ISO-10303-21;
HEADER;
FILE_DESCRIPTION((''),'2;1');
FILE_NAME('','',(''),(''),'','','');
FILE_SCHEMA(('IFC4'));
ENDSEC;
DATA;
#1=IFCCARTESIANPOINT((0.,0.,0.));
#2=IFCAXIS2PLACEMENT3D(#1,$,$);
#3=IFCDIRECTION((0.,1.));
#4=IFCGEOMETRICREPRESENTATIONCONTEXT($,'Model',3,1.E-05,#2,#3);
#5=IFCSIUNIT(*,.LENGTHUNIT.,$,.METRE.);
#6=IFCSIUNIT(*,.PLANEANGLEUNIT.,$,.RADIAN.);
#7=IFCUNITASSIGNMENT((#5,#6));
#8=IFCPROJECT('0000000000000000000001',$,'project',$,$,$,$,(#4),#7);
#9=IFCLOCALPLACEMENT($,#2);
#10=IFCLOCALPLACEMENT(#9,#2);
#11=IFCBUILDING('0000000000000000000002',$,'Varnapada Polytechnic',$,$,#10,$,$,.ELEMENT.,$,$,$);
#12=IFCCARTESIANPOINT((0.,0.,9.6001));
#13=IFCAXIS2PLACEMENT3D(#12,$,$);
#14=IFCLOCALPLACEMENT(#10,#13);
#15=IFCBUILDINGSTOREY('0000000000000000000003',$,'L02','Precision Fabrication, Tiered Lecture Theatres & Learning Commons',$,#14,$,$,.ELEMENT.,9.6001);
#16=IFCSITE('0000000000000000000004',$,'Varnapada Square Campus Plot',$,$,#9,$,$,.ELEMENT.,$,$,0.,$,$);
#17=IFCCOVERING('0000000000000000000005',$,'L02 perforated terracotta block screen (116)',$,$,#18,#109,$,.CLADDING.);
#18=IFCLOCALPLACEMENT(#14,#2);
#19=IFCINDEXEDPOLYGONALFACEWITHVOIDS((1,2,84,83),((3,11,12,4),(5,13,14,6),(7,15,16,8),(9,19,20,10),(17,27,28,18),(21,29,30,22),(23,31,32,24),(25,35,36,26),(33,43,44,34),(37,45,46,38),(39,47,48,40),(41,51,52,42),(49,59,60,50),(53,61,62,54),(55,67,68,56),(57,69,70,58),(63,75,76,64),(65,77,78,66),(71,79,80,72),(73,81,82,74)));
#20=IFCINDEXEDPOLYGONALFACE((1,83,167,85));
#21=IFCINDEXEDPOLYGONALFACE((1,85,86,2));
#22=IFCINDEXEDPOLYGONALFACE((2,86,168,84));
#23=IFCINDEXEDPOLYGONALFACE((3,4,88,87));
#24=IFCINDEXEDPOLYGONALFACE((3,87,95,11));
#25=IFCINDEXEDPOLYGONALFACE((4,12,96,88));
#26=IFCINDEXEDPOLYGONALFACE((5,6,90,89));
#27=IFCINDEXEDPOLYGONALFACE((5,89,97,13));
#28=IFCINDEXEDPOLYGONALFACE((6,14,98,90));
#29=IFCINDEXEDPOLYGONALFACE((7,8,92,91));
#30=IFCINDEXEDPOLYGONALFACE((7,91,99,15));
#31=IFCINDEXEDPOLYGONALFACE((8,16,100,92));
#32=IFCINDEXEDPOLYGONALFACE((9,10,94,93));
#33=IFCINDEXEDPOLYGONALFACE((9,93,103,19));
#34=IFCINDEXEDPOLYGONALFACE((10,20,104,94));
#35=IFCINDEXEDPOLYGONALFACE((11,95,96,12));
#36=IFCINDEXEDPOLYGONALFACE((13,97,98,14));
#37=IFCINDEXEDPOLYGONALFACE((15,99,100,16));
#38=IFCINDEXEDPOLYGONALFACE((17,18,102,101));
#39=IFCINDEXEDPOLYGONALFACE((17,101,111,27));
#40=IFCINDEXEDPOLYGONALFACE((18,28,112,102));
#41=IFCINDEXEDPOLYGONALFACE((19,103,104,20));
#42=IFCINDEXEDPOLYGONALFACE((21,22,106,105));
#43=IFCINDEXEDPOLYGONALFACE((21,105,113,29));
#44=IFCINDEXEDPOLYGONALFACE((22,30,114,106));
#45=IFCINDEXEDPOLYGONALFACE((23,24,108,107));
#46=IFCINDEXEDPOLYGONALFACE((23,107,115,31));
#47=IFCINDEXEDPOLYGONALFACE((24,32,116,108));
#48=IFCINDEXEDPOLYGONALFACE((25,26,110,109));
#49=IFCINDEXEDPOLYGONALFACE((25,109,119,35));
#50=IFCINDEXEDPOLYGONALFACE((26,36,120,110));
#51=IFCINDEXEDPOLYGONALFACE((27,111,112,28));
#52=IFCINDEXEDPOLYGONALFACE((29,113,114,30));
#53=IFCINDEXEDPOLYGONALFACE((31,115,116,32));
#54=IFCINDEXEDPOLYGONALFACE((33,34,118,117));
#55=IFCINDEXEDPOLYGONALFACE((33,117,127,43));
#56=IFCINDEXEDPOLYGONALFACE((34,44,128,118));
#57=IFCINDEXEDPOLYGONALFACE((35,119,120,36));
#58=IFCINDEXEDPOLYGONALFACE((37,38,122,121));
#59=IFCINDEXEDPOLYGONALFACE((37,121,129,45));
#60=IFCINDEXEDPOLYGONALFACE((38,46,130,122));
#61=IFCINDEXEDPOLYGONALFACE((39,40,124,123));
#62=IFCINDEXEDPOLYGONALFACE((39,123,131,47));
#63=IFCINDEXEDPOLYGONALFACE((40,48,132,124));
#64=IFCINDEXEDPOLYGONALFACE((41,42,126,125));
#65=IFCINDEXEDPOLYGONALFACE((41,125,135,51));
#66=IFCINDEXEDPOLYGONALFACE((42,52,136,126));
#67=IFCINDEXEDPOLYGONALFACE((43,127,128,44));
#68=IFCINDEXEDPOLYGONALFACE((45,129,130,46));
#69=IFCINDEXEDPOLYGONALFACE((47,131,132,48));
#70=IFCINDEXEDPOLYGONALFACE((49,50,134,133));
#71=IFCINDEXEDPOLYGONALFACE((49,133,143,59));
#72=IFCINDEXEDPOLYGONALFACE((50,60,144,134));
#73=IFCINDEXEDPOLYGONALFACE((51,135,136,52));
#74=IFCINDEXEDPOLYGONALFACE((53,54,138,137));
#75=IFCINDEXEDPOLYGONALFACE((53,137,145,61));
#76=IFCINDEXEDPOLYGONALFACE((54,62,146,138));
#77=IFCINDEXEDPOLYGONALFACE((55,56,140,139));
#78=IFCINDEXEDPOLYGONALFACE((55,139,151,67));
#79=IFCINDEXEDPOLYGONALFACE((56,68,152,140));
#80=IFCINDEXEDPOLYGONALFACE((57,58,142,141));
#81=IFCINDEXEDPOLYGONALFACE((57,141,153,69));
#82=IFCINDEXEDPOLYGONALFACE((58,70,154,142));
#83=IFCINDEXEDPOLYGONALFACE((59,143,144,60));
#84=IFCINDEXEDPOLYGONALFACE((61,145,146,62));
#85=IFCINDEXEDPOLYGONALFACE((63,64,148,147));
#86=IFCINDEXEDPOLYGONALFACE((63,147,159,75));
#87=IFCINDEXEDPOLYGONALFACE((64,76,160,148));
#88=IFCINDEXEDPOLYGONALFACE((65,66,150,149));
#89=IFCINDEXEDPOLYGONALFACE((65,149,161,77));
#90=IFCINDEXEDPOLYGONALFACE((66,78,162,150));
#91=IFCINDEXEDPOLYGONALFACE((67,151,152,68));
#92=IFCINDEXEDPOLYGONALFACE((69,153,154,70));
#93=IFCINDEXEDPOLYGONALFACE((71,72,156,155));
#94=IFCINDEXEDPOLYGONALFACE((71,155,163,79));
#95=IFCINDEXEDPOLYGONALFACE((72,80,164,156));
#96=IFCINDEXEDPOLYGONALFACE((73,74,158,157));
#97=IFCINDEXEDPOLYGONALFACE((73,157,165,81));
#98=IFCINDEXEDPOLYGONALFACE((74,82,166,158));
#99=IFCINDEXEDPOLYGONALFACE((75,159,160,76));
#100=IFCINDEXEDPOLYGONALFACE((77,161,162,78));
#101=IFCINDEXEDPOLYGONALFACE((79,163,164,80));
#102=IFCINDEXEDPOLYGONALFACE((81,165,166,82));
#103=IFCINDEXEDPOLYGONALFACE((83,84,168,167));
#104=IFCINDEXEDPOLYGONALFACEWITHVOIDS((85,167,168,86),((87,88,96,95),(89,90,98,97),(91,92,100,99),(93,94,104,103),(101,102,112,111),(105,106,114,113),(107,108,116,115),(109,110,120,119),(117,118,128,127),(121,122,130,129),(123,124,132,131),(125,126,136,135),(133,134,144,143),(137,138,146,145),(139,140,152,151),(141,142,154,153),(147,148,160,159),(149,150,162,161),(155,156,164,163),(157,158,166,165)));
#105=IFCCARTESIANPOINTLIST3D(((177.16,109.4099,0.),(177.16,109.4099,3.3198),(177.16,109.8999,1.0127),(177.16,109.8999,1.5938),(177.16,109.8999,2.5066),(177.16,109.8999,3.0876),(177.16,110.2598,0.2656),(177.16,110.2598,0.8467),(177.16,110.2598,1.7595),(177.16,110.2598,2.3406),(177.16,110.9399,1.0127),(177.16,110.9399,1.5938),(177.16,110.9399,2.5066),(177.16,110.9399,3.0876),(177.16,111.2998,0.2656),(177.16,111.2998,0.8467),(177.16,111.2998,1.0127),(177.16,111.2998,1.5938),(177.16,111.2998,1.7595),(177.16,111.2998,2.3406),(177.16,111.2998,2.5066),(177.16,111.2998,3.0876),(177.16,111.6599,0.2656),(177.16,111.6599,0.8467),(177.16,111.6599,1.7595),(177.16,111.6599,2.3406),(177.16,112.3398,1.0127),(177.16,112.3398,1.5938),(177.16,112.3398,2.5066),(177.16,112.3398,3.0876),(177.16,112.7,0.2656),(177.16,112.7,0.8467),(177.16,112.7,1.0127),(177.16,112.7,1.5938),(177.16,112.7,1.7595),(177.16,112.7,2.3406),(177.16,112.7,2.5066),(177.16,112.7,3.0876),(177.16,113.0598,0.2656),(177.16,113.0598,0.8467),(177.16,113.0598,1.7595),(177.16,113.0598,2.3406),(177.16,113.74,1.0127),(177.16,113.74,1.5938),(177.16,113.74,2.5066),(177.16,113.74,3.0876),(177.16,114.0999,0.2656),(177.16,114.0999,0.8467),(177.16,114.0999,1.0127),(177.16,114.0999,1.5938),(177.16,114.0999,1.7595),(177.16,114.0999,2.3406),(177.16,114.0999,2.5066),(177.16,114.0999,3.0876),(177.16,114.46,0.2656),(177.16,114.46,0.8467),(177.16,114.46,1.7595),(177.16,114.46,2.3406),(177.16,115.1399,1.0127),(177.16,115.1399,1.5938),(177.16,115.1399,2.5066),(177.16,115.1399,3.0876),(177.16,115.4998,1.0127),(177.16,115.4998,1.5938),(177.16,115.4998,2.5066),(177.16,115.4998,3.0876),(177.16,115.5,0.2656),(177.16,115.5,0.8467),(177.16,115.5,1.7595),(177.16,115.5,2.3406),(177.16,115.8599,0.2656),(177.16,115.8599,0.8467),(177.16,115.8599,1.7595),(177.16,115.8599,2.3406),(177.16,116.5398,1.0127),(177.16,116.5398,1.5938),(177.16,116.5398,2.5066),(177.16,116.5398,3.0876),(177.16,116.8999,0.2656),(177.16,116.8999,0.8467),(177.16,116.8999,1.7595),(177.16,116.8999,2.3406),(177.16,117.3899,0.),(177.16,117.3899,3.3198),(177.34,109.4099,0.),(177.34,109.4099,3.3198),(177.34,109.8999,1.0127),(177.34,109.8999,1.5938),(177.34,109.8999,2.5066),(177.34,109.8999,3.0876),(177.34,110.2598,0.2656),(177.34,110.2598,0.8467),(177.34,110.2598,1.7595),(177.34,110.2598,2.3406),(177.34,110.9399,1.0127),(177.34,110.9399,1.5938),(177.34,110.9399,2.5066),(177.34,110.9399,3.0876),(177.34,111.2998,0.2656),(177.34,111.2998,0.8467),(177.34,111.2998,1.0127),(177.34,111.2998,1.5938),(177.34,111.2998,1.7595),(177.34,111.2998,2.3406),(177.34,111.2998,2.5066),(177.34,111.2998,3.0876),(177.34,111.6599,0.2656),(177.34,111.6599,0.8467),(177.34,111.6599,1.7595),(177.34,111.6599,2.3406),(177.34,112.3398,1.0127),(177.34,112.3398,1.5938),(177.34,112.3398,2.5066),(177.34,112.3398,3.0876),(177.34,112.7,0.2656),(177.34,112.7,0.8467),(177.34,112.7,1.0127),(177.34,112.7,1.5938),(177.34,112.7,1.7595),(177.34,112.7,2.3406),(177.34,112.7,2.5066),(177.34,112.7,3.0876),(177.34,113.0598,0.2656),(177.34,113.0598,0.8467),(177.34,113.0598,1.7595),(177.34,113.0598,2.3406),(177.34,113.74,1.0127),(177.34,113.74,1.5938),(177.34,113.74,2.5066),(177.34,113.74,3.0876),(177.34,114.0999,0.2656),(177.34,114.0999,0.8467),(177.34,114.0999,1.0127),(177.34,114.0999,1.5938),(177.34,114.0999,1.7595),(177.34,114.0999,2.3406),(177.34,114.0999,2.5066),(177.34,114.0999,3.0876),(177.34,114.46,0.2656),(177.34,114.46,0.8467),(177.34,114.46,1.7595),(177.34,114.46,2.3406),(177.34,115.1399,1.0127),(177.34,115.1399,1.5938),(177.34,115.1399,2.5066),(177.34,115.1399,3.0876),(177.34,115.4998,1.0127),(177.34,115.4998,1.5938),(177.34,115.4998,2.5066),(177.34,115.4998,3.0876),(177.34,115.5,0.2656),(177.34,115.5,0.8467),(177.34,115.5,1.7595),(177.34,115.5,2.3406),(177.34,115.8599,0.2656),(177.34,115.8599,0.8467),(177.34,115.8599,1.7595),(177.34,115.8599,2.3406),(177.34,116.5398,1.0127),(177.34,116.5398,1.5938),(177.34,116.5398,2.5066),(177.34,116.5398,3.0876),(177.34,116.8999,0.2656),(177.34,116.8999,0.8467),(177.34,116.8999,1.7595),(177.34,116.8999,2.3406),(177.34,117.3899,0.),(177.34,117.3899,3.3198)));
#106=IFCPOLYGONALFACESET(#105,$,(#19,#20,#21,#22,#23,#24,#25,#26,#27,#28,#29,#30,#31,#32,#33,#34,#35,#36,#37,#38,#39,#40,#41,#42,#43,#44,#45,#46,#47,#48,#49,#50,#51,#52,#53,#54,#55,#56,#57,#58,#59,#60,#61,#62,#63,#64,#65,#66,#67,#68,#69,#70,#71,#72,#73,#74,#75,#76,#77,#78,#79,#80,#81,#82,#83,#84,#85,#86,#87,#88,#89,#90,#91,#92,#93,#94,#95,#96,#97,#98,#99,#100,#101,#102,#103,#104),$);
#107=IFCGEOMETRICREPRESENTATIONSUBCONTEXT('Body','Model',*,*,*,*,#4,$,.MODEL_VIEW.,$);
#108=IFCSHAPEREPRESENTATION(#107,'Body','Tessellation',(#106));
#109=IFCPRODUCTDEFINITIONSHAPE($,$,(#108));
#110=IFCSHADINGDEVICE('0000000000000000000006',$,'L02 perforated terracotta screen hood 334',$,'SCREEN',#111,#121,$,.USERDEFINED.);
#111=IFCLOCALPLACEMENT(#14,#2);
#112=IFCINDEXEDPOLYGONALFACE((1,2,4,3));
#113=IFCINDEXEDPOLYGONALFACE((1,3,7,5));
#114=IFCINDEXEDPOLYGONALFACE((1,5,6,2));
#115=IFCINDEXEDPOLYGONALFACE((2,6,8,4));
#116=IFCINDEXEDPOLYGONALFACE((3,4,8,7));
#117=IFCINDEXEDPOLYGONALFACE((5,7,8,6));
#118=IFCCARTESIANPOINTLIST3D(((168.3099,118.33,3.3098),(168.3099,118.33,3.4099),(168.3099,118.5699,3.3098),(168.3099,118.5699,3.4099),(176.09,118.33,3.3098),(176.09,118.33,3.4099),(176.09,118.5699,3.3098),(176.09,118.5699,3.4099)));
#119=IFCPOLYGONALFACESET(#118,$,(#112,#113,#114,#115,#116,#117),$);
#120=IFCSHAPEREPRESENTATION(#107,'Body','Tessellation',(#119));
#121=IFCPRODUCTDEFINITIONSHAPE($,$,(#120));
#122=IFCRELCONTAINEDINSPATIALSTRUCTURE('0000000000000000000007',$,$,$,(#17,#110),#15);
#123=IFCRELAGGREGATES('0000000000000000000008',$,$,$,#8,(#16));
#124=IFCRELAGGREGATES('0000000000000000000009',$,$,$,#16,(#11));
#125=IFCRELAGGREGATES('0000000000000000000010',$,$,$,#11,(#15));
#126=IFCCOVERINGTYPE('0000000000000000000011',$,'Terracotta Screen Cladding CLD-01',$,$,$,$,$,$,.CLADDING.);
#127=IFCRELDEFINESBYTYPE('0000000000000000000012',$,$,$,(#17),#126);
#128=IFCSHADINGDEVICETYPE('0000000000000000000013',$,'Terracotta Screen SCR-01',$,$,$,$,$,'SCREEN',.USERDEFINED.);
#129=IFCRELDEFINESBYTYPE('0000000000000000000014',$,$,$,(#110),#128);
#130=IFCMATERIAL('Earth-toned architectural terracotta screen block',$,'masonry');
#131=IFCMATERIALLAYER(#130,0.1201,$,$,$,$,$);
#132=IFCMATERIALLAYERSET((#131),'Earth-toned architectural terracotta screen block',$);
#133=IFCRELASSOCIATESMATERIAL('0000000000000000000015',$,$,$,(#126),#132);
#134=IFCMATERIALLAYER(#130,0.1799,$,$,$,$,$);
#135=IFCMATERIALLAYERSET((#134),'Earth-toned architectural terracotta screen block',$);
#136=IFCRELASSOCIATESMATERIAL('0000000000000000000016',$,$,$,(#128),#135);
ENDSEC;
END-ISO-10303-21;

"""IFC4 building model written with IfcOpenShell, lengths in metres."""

from ifc_helpers import new_model, si_unit, direction, frame, frame_2d, origin, origin_2d, place, context, subcontext, project, spatial, rectangle, extrude, material, layer, layer_set, type_object, element, save


model = new_model("IFC4")

# Units and contexts
model_context = context("Model", 3, precision=1e-05, world=origin(), true_north=direction((0.0, 1.0)))
body_context = subcontext(model_context, "Body", "Model", "MODEL_VIEW")
ifc_project = project(units=[si_unit("LENGTHUNIT", "METRE"), si_unit("PLANEANGLEUNIT", "RADIAN")], contexts=[model_context])

# Site, building, storey
site_placement = place(None, origin())
site = spatial("IfcSite", under=ifc_project, at=site_placement, Name="Varnapada Square Campus Plot", CompositionType="ELEMENT", RefElevation=0.0)
building_placement = place(site_placement, origin())
building = spatial("IfcBuilding", under=site, at=building_placement, Name="Varnapada Polytechnic", CompositionType="ELEMENT")
storey_placement = place(building_placement, frame((0.0, 0.0, 9.6001)))
storey = spatial("IfcBuildingStorey", under=building, at=storey_placement, Name="L02", Description="Precision Fabrication, Tiered Lecture Theatres & Learning Commons", CompositionType="ELEMENT", Elevation=9.6001)

# Covering, openings
ifc_material_1 = material(Name="Earth-toned architectural terracotta screen block", Category="masonry")
ifc_layer_1 = layer(ifc_material_1, 0.1201)
ifc_layer_set_1 = layer_set([ifc_layer_1], Name="Earth-toned architectural terracotta screen block")
covering_type = type_object("IfcCoveringType", Name="Terracotta Screen Cladding CLD-01", PredefinedType="CLADDING", material=ifc_layer_set_1)
covering_placement = place(storey_placement, frame((177.25, 117.3899, 0.0), z_axis=(0.0, 0.0, 1.0), x_axis=(0.0, -1.0, 0.0)))
covering = element("IfcCovering", 1, at=covering_placement, inside=storey, type_object=covering_type, Name="L02 perforated terracotta block screen (116)", PredefinedType="CLADDING", context=body_context, shape_type="SweptSolid", body=[
    extrude(rectangle(XDim=7.98, YDim=0.1799, at=frame_2d((3.99, 0.0))), origin(), (0.0, 0.0, 1.0), 3.3198),
])
opening_1_placement = place(covering_placement, frame((0.49, 0.0, 0.2656)))
element("IfcOpeningElement", 2, at=opening_1_placement, cuts=covering, PredefinedType="OPENING", context=body_context, shape_type="SweptSolid", body=[
    extrude(rectangle(XDim=1.04, YDim=0.5811, at=frame_2d((0.52, 0.2905))), frame((0.0, 0.0999, 0.0), z_axis=(0.0, -1.0, 0.0), x_axis=(1.0, 0.0, 0.0)), (0.0, 0.0, 1.0), 0.2),
])
opening_2_placement = place(covering_placement, frame((1.8899, 0.0, 0.2656)))
element("IfcOpeningElement", 3, at=opening_2_placement, cuts=covering, PredefinedType="OPENING", context=body_context, shape_type="SweptSolid", body=[
    extrude(rectangle(XDim=1.04, YDim=0.5811, at=frame_2d((0.52, 0.2905))), frame((0.0, 0.0999, 0.0), z_axis=(0.0, -1.0, 0.0), x_axis=(1.0, 0.0, 0.0)), (0.0, 0.0, 1.0), 0.2),
])
opening_3_placement = place(covering_placement, frame((3.29, 0.0, 0.2656)))
element("IfcOpeningElement", 4, at=opening_3_placement, cuts=covering, PredefinedType="OPENING", context=body_context, shape_type="SweptSolid", body=[
    extrude(rectangle(XDim=1.04, YDim=0.5811, at=frame_2d((0.52, 0.2905))), frame((0.0, 0.0999, 0.0), z_axis=(0.0, -1.0, 0.0), x_axis=(1.0, 0.0, 0.0)), (0.0, 0.0, 1.0), 0.2),
])
opening_4_placement = place(covering_placement, frame((4.6899, 0.0, 0.2656)))
element("IfcOpeningElement", 5, at=opening_4_placement, cuts=covering, PredefinedType="OPENING", context=body_context, shape_type="SweptSolid", body=[
    extrude(rectangle(XDim=1.04, YDim=0.5811, at=frame_2d((0.52, 0.2905))), frame((0.0, 0.0999, 0.0), z_axis=(0.0, -1.0, 0.0), x_axis=(1.0, 0.0, 0.0)), (0.0, 0.0, 1.0), 0.2),
])
opening_5_placement = place(covering_placement, frame((6.0901, 0.0, 0.2656)))
element("IfcOpeningElement", 6, at=opening_5_placement, cuts=covering, PredefinedType="OPENING", context=body_context, shape_type="SweptSolid", body=[
    extrude(rectangle(XDim=1.04, YDim=0.5811, at=frame_2d((0.52, 0.2905))), frame((0.0, 0.0999, 0.0), z_axis=(0.0, -1.0, 0.0), x_axis=(1.0, 0.0, 0.0)), (0.0, 0.0, 1.0), 0.2),
])
opening_6_placement = place(covering_placement, frame((0.8501, 0.0, 1.0127)))
element("IfcOpeningElement", 7, at=opening_6_placement, cuts=covering, PredefinedType="OPENING", context=body_context, shape_type="SweptSolid", body=[
    extrude(rectangle(XDim=1.04, YDim=0.5811, at=frame_2d((0.52, 0.2905))), frame((0.0, 0.0999, 0.0), z_axis=(0.0, -1.0, 0.0), x_axis=(1.0, 0.0, 0.0)), (0.0, 0.0, 1.0), 0.2),
])
opening_7_placement = place(covering_placement, frame((2.25, 0.0, 1.0127)))
element("IfcOpeningElement", 8, at=opening_7_placement, cuts=covering, PredefinedType="OPENING", context=body_context, shape_type="SweptSolid", body=[
    extrude(rectangle(XDim=1.04, YDim=0.5811, at=frame_2d((0.52, 0.2905))), frame((0.0, 0.0999, 0.0), z_axis=(0.0, -1.0, 0.0), x_axis=(1.0, 0.0, 0.0)), (0.0, 0.0, 1.0), 0.2),
])
opening_8_placement = place(covering_placement, frame((3.6499, 0.0, 1.0127)))
element("IfcOpeningElement", 9, at=opening_8_placement, cuts=covering, PredefinedType="OPENING", context=body_context, shape_type="SweptSolid", body=[
    extrude(rectangle(XDim=1.04, YDim=0.5811, at=frame_2d((0.52, 0.2905))), frame((0.0, 0.0999, 0.0), z_axis=(0.0, -1.0, 0.0), x_axis=(1.0, 0.0, 0.0)), (0.0, 0.0, 1.0), 0.2),
])
opening_9_placement = place(covering_placement, frame((5.05, 0.0, 1.0127)))
element("IfcOpeningElement", 10, at=opening_9_placement, cuts=covering, PredefinedType="OPENING", context=body_context, shape_type="SweptSolid", body=[
    extrude(rectangle(XDim=1.04, YDim=0.5811, at=frame_2d((0.52, 0.2905))), frame((0.0, 0.0999, 0.0), z_axis=(0.0, -1.0, 0.0), x_axis=(1.0, 0.0, 0.0)), (0.0, 0.0, 1.0), 0.2),
])
opening_10_placement = place(covering_placement, frame((6.45, 0.0, 1.0127)))
element("IfcOpeningElement", 11, at=opening_10_placement, cuts=covering, PredefinedType="OPENING", context=body_context, shape_type="SweptSolid", body=[
    extrude(rectangle(XDim=1.04, YDim=0.5811, at=frame_2d((0.52, 0.2905))), frame((0.0, 0.0999, 0.0), z_axis=(0.0, -1.0, 0.0), x_axis=(1.0, 0.0, 0.0)), (0.0, 0.0, 1.0), 0.2),
])
opening_11_placement = place(covering_placement, frame((0.49, 0.0, 1.7595)))
element("IfcOpeningElement", 12, at=opening_11_placement, cuts=covering, PredefinedType="OPENING", context=body_context, shape_type="SweptSolid", body=[
    extrude(rectangle(XDim=1.04, YDim=0.5811, at=frame_2d((0.52, 0.2905))), frame((0.0, 0.0999, 0.0), z_axis=(0.0, -1.0, 0.0), x_axis=(1.0, 0.0, 0.0)), (0.0, 0.0, 1.0), 0.2),
])
opening_12_placement = place(covering_placement, frame((1.8899, 0.0, 1.7595)))
element("IfcOpeningElement", 13, at=opening_12_placement, cuts=covering, PredefinedType="OPENING", context=body_context, shape_type="SweptSolid", body=[
    extrude(rectangle(XDim=1.04, YDim=0.5811, at=frame_2d((0.52, 0.2905))), frame((0.0, 0.0999, 0.0), z_axis=(0.0, -1.0, 0.0), x_axis=(1.0, 0.0, 0.0)), (0.0, 0.0, 1.0), 0.2),
])
opening_13_placement = place(covering_placement, frame((3.29, 0.0, 1.7595)))
element("IfcOpeningElement", 14, at=opening_13_placement, cuts=covering, PredefinedType="OPENING", context=body_context, shape_type="SweptSolid", body=[
    extrude(rectangle(XDim=1.04, YDim=0.5811, at=frame_2d((0.52, 0.2905))), frame((0.0, 0.0999, 0.0), z_axis=(0.0, -1.0, 0.0), x_axis=(1.0, 0.0, 0.0)), (0.0, 0.0, 1.0), 0.2),
])
opening_14_placement = place(covering_placement, frame((4.6899, 0.0, 1.7595)))
element("IfcOpeningElement", 15, at=opening_14_placement, cuts=covering, PredefinedType="OPENING", context=body_context, shape_type="SweptSolid", body=[
    extrude(rectangle(XDim=1.04, YDim=0.5811, at=frame_2d((0.52, 0.2905))), frame((0.0, 0.0999, 0.0), z_axis=(0.0, -1.0, 0.0), x_axis=(1.0, 0.0, 0.0)), (0.0, 0.0, 1.0), 0.2),
])
opening_15_placement = place(covering_placement, frame((6.0901, 0.0, 1.7595)))
element("IfcOpeningElement", 16, at=opening_15_placement, cuts=covering, PredefinedType="OPENING", context=body_context, shape_type="SweptSolid", body=[
    extrude(rectangle(XDim=1.04, YDim=0.5811, at=frame_2d((0.52, 0.2905))), frame((0.0, 0.0999, 0.0), z_axis=(0.0, -1.0, 0.0), x_axis=(1.0, 0.0, 0.0)), (0.0, 0.0, 1.0), 0.2),
])
opening_16_placement = place(covering_placement, frame((0.8501, 0.0, 2.5066)))
element("IfcOpeningElement", 17, at=opening_16_placement, cuts=covering, PredefinedType="OPENING", context=body_context, shape_type="SweptSolid", body=[
    extrude(rectangle(XDim=1.04, YDim=0.5811, at=frame_2d((0.52, 0.2905))), frame((0.0, 0.0999, 0.0), z_axis=(0.0, -1.0, 0.0), x_axis=(1.0, 0.0, 0.0)), (0.0, 0.0, 1.0), 0.2),
])
opening_17_placement = place(covering_placement, frame((2.25, 0.0, 2.5066)))
element("IfcOpeningElement", 18, at=opening_17_placement, cuts=covering, PredefinedType="OPENING", context=body_context, shape_type="SweptSolid", body=[
    extrude(rectangle(XDim=1.04, YDim=0.5811, at=frame_2d((0.52, 0.2905))), frame((0.0, 0.0999, 0.0), z_axis=(0.0, -1.0, 0.0), x_axis=(1.0, 0.0, 0.0)), (0.0, 0.0, 1.0), 0.2),
])
opening_18_placement = place(covering_placement, frame((3.6499, 0.0, 2.5066)))
element("IfcOpeningElement", 19, at=opening_18_placement, cuts=covering, PredefinedType="OPENING", context=body_context, shape_type="SweptSolid", body=[
    extrude(rectangle(XDim=1.04, YDim=0.5811, at=frame_2d((0.52, 0.2905))), frame((0.0, 0.0999, 0.0), z_axis=(0.0, -1.0, 0.0), x_axis=(1.0, 0.0, 0.0)), (0.0, 0.0, 1.0), 0.2),
])
opening_19_placement = place(covering_placement, frame((5.05, 0.0, 2.5066)))
element("IfcOpeningElement", 20, at=opening_19_placement, cuts=covering, PredefinedType="OPENING", context=body_context, shape_type="SweptSolid", body=[
    extrude(rectangle(XDim=1.04, YDim=0.5811, at=frame_2d((0.52, 0.2905))), frame((0.0, 0.0999, 0.0), z_axis=(0.0, -1.0, 0.0), x_axis=(1.0, 0.0, 0.0)), (0.0, 0.0, 1.0), 0.2),
])
opening_20_placement = place(covering_placement, frame((6.45, 0.0, 2.5066)))
element("IfcOpeningElement", 21, at=opening_20_placement, cuts=covering, PredefinedType="OPENING", context=body_context, shape_type="SweptSolid", body=[
    extrude(rectangle(XDim=1.04, YDim=0.5811, at=frame_2d((0.52, 0.2905))), frame((0.0, 0.0999, 0.0), z_axis=(0.0, -1.0, 0.0), x_axis=(1.0, 0.0, 0.0)), (0.0, 0.0, 1.0), 0.2),
])

# Shading device
ifc_layer_2 = layer(ifc_material_1, 0.1799)
ifc_layer_set_2 = layer_set([ifc_layer_2], Name="Earth-toned architectural terracotta screen block")
shading_device_type = type_object("IfcShadingDeviceType", Name="Terracotta Screen SCR-01", ElementType="SCREEN", PredefinedType="USERDEFINED", material=ifc_layer_set_2)
for number, where, z_axis, x_axis, name in (
    (22, (172.2, 118.45, 3.3098), (0.0, 0.0, 1.0), (1.0, 0.0, 0.0), "L02 perforated terracotta screen hood 334"),
):
    element("IfcShadingDevice", number, at=place(storey_placement, frame(where, z_axis=z_axis, x_axis=x_axis)), inside=storey, type_object=shading_device_type, Name=name, ObjectType="SCREEN", PredefinedType="USERDEFINED", context=body_context, shape_type="SweptSolid", body=[
        extrude(rectangle(XDim=7.78, YDim=0.24, at=origin_2d()), origin(), (0.0, 0.0, 1.0), 0.1001),
    ])

save(model, "model.ifc")
